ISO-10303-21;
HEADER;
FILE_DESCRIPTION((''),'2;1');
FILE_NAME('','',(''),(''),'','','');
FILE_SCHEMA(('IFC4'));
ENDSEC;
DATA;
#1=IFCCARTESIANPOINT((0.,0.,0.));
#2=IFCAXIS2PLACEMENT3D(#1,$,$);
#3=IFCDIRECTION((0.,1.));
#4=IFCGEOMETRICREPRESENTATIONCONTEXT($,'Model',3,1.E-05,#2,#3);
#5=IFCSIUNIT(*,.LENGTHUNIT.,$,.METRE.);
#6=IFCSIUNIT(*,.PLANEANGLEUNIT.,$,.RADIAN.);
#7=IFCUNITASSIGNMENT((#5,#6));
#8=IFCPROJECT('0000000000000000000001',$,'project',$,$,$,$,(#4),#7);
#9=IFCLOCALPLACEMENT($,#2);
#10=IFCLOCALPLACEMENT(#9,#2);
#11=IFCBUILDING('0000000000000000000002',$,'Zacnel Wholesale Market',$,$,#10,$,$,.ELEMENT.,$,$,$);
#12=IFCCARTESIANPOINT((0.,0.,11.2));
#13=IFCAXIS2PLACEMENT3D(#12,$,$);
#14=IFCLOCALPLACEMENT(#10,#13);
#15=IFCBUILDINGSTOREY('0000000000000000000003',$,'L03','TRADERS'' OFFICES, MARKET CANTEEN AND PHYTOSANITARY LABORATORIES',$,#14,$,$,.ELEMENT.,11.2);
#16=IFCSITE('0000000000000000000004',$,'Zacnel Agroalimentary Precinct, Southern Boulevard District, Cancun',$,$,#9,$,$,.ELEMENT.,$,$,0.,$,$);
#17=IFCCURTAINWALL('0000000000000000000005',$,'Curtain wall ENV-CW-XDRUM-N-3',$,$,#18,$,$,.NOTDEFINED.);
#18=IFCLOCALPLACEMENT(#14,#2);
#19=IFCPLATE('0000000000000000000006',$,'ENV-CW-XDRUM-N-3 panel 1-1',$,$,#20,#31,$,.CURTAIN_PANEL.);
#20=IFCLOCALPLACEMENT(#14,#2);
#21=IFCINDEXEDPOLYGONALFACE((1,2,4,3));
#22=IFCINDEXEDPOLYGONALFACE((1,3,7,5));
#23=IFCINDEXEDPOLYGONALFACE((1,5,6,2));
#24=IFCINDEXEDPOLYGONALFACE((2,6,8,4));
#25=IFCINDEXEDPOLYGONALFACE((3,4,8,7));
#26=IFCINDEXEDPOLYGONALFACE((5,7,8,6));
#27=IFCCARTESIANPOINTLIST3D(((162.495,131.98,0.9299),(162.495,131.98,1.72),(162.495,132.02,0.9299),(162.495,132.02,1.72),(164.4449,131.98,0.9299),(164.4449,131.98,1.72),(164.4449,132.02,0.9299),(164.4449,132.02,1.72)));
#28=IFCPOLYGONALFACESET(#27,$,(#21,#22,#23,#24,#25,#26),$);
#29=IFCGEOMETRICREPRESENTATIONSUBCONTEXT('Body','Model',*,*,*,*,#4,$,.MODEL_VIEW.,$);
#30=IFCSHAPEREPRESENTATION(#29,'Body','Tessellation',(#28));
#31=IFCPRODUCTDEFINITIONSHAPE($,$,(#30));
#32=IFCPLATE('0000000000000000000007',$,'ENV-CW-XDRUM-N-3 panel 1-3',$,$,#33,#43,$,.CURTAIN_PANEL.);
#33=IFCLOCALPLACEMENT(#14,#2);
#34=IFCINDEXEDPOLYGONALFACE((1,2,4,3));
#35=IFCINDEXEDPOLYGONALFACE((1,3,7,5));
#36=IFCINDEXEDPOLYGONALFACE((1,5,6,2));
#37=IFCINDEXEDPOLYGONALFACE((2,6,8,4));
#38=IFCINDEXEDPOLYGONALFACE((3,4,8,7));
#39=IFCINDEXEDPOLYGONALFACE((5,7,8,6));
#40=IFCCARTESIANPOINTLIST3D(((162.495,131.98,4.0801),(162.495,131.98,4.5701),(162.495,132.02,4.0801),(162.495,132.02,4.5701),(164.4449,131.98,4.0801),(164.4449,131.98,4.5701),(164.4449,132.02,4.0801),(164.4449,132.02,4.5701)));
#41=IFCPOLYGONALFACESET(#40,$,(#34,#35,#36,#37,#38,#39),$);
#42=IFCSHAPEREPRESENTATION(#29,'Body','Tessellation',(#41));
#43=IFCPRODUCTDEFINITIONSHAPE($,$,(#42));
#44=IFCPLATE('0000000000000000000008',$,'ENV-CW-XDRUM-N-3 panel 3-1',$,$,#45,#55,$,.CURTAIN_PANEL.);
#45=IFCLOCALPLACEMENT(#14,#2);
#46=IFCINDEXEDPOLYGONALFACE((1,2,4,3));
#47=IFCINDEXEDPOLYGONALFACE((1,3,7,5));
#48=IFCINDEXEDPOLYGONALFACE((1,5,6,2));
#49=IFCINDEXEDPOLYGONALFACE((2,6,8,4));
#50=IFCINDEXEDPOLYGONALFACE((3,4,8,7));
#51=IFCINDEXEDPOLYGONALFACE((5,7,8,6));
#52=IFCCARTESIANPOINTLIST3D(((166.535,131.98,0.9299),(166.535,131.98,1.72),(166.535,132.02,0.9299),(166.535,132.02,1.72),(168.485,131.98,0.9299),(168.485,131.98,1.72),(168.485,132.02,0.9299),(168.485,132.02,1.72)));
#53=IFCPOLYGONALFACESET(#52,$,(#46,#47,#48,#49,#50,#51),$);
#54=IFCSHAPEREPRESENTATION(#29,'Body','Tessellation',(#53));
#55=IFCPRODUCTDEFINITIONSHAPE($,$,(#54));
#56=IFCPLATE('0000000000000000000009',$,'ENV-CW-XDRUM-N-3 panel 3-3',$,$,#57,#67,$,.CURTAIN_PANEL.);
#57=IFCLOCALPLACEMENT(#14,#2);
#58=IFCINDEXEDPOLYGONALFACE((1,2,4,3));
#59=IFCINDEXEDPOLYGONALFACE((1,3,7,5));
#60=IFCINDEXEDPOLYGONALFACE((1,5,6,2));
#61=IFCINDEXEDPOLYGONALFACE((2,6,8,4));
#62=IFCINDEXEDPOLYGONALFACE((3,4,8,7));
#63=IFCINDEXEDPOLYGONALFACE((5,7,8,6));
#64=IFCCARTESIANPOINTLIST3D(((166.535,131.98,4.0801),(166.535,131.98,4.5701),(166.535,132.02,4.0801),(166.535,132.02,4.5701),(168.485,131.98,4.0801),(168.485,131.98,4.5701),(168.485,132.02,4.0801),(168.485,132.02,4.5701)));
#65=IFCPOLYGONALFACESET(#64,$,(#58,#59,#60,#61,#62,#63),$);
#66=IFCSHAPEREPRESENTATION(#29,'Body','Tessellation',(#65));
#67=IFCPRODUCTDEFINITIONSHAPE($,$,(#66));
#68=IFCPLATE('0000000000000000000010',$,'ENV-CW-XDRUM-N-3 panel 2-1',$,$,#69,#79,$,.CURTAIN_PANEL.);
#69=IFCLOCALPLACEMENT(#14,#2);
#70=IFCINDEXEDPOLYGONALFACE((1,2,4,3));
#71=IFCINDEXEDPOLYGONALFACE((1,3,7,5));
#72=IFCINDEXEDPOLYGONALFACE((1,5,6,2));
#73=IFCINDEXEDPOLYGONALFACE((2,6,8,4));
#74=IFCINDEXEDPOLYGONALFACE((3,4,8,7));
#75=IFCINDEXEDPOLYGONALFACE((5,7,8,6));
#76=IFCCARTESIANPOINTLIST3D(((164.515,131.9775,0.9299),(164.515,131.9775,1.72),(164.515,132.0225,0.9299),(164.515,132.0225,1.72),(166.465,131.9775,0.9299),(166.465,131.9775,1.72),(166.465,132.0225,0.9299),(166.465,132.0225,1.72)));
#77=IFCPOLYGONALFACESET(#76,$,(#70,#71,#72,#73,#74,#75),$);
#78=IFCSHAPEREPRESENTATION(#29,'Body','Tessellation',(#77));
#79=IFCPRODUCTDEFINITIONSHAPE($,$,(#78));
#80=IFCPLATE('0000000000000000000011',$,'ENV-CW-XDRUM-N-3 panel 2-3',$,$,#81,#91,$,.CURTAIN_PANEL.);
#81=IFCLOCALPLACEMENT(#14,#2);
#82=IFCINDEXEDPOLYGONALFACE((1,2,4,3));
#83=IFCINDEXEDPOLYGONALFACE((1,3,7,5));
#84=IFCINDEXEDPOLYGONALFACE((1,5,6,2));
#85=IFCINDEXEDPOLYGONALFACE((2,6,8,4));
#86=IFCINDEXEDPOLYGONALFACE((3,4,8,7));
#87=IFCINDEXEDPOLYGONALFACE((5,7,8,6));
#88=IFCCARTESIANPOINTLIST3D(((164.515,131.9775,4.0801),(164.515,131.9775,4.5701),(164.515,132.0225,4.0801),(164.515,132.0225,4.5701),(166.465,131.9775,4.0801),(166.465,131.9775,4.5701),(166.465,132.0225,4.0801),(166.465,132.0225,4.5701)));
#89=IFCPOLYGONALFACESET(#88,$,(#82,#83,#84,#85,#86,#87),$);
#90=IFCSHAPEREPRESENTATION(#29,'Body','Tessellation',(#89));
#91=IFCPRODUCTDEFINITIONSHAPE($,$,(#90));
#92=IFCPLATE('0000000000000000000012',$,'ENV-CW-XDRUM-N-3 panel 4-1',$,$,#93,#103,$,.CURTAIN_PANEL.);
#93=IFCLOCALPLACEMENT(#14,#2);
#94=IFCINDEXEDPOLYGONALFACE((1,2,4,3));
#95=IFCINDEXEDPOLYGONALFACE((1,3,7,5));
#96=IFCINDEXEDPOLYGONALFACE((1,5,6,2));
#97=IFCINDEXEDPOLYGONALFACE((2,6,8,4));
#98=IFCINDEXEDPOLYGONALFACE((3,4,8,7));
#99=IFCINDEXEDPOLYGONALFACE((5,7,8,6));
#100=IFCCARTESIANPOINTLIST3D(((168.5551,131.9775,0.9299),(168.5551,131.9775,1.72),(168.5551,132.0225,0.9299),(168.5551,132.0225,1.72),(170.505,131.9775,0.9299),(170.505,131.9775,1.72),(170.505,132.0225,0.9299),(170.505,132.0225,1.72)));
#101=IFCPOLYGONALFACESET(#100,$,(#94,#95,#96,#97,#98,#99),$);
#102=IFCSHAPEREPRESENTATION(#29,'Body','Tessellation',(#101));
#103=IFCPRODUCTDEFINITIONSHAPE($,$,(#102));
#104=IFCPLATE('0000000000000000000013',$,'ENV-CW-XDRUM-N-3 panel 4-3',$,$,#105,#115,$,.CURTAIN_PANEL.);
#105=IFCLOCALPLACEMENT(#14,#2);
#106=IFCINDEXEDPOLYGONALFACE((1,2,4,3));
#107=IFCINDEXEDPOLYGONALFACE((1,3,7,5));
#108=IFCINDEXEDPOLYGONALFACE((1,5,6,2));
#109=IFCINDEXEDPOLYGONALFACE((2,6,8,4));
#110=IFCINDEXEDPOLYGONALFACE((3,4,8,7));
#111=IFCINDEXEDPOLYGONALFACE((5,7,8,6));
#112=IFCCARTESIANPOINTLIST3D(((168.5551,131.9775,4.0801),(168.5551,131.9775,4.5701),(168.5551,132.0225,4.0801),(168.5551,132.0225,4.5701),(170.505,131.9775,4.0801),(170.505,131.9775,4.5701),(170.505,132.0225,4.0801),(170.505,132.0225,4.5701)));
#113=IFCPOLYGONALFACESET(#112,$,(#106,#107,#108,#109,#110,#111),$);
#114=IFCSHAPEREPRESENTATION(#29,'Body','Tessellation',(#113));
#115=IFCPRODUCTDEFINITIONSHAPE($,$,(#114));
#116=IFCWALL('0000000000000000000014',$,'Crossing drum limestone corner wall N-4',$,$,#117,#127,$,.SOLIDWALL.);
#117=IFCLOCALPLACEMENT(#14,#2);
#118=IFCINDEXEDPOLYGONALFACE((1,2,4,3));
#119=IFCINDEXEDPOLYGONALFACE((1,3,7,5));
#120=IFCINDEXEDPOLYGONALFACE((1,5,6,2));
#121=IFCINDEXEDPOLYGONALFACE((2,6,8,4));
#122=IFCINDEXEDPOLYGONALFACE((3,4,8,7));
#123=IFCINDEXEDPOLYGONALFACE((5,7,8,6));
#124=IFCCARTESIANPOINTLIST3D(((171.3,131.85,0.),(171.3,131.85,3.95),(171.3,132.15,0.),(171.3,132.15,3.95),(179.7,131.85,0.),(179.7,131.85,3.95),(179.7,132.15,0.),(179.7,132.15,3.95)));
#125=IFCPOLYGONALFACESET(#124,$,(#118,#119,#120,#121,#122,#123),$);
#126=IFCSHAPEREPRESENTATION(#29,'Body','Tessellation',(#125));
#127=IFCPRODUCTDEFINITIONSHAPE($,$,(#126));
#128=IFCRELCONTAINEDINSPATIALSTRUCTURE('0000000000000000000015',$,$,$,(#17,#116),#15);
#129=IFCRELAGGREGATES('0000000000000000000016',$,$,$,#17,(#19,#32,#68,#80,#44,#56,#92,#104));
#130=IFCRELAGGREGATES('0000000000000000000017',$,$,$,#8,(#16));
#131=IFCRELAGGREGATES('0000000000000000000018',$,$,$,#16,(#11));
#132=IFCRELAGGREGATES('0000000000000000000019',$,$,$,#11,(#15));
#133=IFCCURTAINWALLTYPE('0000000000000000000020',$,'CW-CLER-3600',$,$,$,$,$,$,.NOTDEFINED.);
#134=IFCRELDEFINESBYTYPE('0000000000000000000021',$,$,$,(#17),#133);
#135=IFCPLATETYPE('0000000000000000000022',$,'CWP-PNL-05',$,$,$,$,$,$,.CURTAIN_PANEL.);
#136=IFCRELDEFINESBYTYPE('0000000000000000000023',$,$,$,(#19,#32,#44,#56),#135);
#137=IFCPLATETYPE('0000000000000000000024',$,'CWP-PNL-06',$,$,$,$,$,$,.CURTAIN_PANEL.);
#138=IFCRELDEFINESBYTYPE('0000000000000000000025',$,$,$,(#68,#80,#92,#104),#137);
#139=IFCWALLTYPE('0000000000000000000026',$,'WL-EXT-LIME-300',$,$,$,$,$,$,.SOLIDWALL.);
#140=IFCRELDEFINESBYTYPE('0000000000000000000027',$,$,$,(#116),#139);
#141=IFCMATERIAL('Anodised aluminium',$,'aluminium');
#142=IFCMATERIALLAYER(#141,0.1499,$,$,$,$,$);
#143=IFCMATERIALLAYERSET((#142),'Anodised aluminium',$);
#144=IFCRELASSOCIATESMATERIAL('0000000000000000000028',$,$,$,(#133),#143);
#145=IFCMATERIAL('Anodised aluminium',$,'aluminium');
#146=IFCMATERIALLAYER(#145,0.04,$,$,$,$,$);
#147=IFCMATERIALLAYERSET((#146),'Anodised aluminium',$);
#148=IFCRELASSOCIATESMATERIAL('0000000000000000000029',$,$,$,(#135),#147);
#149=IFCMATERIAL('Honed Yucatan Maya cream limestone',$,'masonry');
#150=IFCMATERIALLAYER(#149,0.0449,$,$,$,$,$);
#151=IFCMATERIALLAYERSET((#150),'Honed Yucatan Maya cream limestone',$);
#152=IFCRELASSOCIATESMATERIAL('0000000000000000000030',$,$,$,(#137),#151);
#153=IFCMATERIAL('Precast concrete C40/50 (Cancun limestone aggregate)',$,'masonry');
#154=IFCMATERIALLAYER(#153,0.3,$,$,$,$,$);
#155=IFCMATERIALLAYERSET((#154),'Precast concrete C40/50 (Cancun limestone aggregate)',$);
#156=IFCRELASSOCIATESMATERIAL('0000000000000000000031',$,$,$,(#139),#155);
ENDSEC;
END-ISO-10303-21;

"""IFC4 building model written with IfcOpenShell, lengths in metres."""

from ifc_helpers import new_model, si_unit, direction, frame, frame_2d, origin, origin_2d, place, context, subcontext, project, spatial, rectangle, extrude, material, layer, layer_set, type_object, element, aggregate, save


model = new_model("IFC4")

# Units and contexts
model_context = context("Model", 3, precision=1e-05, world=origin(), true_north=direction((0.0, 1.0)))
body_context = subcontext(model_context, "Body", "Model", "MODEL_VIEW")
ifc_project = project(units=[si_unit("LENGTHUNIT", "METRE"), si_unit("PLANEANGLEUNIT", "RADIAN")], contexts=[model_context])

# Site, building, storey
site_placement = place(None, origin())
site = spatial("IfcSite", under=ifc_project, at=site_placement, Name="Zacnel Agroalimentary Precinct, Southern Boulevard District, Cancun", CompositionType="ELEMENT", RefElevation=0.0)
building_placement = place(site_placement, origin())
building = spatial("IfcBuilding", under=site, at=building_placement, Name="Zacnel Wholesale Market", CompositionType="ELEMENT")
storey_placement = place(building_placement, frame((0.0, 0.0, 11.2)))
storey = spatial("IfcBuildingStorey", under=building, at=storey_placement, Name="L03", Description="TRADERS' OFFICES, MARKET CANTEEN AND PHYTOSANITARY LABORATORIES", CompositionType="ELEMENT", Elevation=11.2)

# Curtain wall, plates
ifc_material_1 = material(Name="Anodised aluminium", Category="aluminium")
ifc_layer_1 = layer(ifc_material_1, 0.1499)
ifc_layer_set_1 = layer_set([ifc_layer_1], Name="Anodised aluminium")
curtain_wall_type = type_object("IfcCurtainWallType", Name="CW-CLER-3600", PredefinedType="NOTDEFINED", material=ifc_layer_set_1)
curtain_wall_placement = place(storey_placement, origin())
curtain_wall = element("IfcCurtainWall", 1, at=curtain_wall_placement, inside=storey, type_object=curtain_wall_type, Name="Curtain wall ENV-CW-XDRUM-N-3", PredefinedType="NOTDEFINED")
ifc_material_2 = material(Name="Anodised aluminium", Category="aluminium")
ifc_layer_2 = layer(ifc_material_2, 0.04)
ifc_layer_set_2 = layer_set([ifc_layer_2], Name="Anodised aluminium")
plate_type_1 = type_object("IfcPlateType", Name="CWP-PNL-05", PredefinedType="CURTAIN_PANEL", material=ifc_layer_set_2)
plate_1_placement = place(storey_placement, frame((163.47, 132.0, 0.9299), z_axis=(0.0, 0.0, 1.0), x_axis=(1.0, 0.0, 0.0)))
plate_1 = element("IfcPlate", 2, at=plate_1_placement, type_object=plate_type_1, Name="ENV-CW-XDRUM-N-3 panel 1-1", PredefinedType="CURTAIN_PANEL", context=body_context, shape_type="SweptSolid", body=[
    extrude(rectangle(XDim=1.95, YDim=0.04, at=origin_2d()), origin(), (0.0, 0.0, 1.0), 0.79),
])
plate_2_placement = place(storey_placement, frame((163.47, 132.0, 4.0801), z_axis=(0.0, 0.0, 1.0), x_axis=(1.0, 0.0, 0.0)))
plate_2 = element("IfcPlate", 3, at=plate_2_placement, type_object=plate_type_1, Name="ENV-CW-XDRUM-N-3 panel 1-3", PredefinedType="CURTAIN_PANEL", context=body_context, shape_type="SweptSolid", body=[
    extrude(rectangle(XDim=1.95, YDim=0.04, at=origin_2d()), origin(), (0.0, 0.0, 1.0), 0.49),
])
plate_3_placement = place(storey_placement, frame((167.51, 132.0, 0.9299), z_axis=(0.0, 0.0, 1.0), x_axis=(1.0, 0.0, 0.0)))
plate_3 = element("IfcPlate", 4, at=plate_3_placement, type_object=plate_type_1, Name="ENV-CW-XDRUM-N-3 panel 3-1", PredefinedType="CURTAIN_PANEL", context=body_context, shape_type="SweptSolid", body=[
    extrude(rectangle(XDim=1.95, YDim=0.04, at=origin_2d()), origin(), (0.0, 0.0, 1.0), 0.79),
])
plate_4_placement = place(storey_placement, frame((167.51, 132.0, 4.0801), z_axis=(0.0, 0.0, 1.0), x_axis=(1.0, 0.0, 0.0)))
plate_4 = element("IfcPlate", 5, at=plate_4_placement, type_object=plate_type_1, Name="ENV-CW-XDRUM-N-3 panel 3-3", PredefinedType="CURTAIN_PANEL", context=body_context, shape_type="SweptSolid", body=[
    extrude(rectangle(XDim=1.95, YDim=0.04, at=origin_2d()), origin(), (0.0, 0.0, 1.0), 0.49),
])
ifc_material_3 = material(Name="Honed Yucatan Maya cream limestone", Category="masonry")
ifc_layer_3 = layer(ifc_material_3, 0.0449)
ifc_layer_set_3 = layer_set([ifc_layer_3], Name="Honed Yucatan Maya cream limestone")
plate_type_2 = type_object("IfcPlateType", Name="CWP-PNL-06", PredefinedType="CURTAIN_PANEL", material=ifc_layer_set_3)
plate_5_placement = place(storey_placement, frame((165.49, 132.0, 0.9299), z_axis=(0.0, 0.0, 1.0), x_axis=(1.0, 0.0, 0.0)))
plate_5 = element("IfcPlate", 6, at=plate_5_placement, type_object=plate_type_2, Name="ENV-CW-XDRUM-N-3 panel 2-1", PredefinedType="CURTAIN_PANEL", context=body_context, shape_type="SweptSolid", body=[
    extrude(rectangle(XDim=1.95, YDim=0.0449, at=origin_2d()), origin(), (0.0, 0.0, 1.0), 0.79),
])
plate_6_placement = place(storey_placement, frame((165.49, 132.0, 4.0801), z_axis=(0.0, 0.0, 1.0), x_axis=(1.0, 0.0, 0.0)))
plate_6 = element("IfcPlate", 7, at=plate_6_placement, type_object=plate_type_2, Name="ENV-CW-XDRUM-N-3 panel 2-3", PredefinedType="CURTAIN_PANEL", context=body_context, shape_type="SweptSolid", body=[
    extrude(rectangle(XDim=1.95, YDim=0.0449, at=origin_2d()), origin(), (0.0, 0.0, 1.0), 0.49),
])
plate_7_placement = place(storey_placement, frame((169.53, 132.0, 0.9299), z_axis=(0.0, 0.0, 1.0), x_axis=(1.0, 0.0, 0.0)))
plate_7 = element("IfcPlate", 8, at=plate_7_placement, type_object=plate_type_2, Name="ENV-CW-XDRUM-N-3 panel 4-1", PredefinedType="CURTAIN_PANEL", context=body_context, shape_type="SweptSolid", body=[
    extrude(rectangle(XDim=1.95, YDim=0.0449, at=origin_2d()), origin(), (0.0, 0.0, 1.0), 0.79),
])
plate_8_placement = place(storey_placement, frame((169.53, 132.0, 4.0801), z_axis=(0.0, 0.0, 1.0), x_axis=(1.0, 0.0, 0.0)))
plate_8 = element("IfcPlate", 9, at=plate_8_placement, type_object=plate_type_2, Name="ENV-CW-XDRUM-N-3 panel 4-3", PredefinedType="CURTAIN_PANEL", context=body_context, shape_type="SweptSolid", body=[
    extrude(rectangle(XDim=1.95, YDim=0.0449, at=origin_2d()), origin(), (0.0, 0.0, 1.0), 0.49),
])
aggregate(curtain_wall, [plate_1, plate_2, plate_5, plate_6, plate_3, plate_4, plate_7, plate_8])

# Wall
ifc_material_4 = material(Name="Precast concrete C40/50 (Cancun limestone aggregate)", Category="masonry")
ifc_layer_4 = layer(ifc_material_4, 0.3)
ifc_layer_set_4 = layer_set([ifc_layer_4], Name="Precast concrete C40/50 (Cancun limestone aggregate)")
wall_type = type_object("IfcWallType", Name="WL-EXT-LIME-300", PredefinedType="SOLIDWALL", material=ifc_layer_set_4)
wall_placement = place(storey_placement, frame((171.3, 132.0, 0.0), z_axis=(0.0, 0.0, 1.0), x_axis=(1.0, 0.0, 0.0)))
element("IfcWall", 10, at=wall_placement, inside=storey, type_object=wall_type, Name="Crossing drum limestone corner wall N-4", PredefinedType="SOLIDWALL", context=body_context, shape_type="SweptSolid", body=[
    extrude(rectangle(XDim=8.3999, YDim=0.3, at=frame_2d((4.2, 0.0))), origin(), (0.0, 0.0, 1.0), 3.95),
])

save(model, "model.ifc")
